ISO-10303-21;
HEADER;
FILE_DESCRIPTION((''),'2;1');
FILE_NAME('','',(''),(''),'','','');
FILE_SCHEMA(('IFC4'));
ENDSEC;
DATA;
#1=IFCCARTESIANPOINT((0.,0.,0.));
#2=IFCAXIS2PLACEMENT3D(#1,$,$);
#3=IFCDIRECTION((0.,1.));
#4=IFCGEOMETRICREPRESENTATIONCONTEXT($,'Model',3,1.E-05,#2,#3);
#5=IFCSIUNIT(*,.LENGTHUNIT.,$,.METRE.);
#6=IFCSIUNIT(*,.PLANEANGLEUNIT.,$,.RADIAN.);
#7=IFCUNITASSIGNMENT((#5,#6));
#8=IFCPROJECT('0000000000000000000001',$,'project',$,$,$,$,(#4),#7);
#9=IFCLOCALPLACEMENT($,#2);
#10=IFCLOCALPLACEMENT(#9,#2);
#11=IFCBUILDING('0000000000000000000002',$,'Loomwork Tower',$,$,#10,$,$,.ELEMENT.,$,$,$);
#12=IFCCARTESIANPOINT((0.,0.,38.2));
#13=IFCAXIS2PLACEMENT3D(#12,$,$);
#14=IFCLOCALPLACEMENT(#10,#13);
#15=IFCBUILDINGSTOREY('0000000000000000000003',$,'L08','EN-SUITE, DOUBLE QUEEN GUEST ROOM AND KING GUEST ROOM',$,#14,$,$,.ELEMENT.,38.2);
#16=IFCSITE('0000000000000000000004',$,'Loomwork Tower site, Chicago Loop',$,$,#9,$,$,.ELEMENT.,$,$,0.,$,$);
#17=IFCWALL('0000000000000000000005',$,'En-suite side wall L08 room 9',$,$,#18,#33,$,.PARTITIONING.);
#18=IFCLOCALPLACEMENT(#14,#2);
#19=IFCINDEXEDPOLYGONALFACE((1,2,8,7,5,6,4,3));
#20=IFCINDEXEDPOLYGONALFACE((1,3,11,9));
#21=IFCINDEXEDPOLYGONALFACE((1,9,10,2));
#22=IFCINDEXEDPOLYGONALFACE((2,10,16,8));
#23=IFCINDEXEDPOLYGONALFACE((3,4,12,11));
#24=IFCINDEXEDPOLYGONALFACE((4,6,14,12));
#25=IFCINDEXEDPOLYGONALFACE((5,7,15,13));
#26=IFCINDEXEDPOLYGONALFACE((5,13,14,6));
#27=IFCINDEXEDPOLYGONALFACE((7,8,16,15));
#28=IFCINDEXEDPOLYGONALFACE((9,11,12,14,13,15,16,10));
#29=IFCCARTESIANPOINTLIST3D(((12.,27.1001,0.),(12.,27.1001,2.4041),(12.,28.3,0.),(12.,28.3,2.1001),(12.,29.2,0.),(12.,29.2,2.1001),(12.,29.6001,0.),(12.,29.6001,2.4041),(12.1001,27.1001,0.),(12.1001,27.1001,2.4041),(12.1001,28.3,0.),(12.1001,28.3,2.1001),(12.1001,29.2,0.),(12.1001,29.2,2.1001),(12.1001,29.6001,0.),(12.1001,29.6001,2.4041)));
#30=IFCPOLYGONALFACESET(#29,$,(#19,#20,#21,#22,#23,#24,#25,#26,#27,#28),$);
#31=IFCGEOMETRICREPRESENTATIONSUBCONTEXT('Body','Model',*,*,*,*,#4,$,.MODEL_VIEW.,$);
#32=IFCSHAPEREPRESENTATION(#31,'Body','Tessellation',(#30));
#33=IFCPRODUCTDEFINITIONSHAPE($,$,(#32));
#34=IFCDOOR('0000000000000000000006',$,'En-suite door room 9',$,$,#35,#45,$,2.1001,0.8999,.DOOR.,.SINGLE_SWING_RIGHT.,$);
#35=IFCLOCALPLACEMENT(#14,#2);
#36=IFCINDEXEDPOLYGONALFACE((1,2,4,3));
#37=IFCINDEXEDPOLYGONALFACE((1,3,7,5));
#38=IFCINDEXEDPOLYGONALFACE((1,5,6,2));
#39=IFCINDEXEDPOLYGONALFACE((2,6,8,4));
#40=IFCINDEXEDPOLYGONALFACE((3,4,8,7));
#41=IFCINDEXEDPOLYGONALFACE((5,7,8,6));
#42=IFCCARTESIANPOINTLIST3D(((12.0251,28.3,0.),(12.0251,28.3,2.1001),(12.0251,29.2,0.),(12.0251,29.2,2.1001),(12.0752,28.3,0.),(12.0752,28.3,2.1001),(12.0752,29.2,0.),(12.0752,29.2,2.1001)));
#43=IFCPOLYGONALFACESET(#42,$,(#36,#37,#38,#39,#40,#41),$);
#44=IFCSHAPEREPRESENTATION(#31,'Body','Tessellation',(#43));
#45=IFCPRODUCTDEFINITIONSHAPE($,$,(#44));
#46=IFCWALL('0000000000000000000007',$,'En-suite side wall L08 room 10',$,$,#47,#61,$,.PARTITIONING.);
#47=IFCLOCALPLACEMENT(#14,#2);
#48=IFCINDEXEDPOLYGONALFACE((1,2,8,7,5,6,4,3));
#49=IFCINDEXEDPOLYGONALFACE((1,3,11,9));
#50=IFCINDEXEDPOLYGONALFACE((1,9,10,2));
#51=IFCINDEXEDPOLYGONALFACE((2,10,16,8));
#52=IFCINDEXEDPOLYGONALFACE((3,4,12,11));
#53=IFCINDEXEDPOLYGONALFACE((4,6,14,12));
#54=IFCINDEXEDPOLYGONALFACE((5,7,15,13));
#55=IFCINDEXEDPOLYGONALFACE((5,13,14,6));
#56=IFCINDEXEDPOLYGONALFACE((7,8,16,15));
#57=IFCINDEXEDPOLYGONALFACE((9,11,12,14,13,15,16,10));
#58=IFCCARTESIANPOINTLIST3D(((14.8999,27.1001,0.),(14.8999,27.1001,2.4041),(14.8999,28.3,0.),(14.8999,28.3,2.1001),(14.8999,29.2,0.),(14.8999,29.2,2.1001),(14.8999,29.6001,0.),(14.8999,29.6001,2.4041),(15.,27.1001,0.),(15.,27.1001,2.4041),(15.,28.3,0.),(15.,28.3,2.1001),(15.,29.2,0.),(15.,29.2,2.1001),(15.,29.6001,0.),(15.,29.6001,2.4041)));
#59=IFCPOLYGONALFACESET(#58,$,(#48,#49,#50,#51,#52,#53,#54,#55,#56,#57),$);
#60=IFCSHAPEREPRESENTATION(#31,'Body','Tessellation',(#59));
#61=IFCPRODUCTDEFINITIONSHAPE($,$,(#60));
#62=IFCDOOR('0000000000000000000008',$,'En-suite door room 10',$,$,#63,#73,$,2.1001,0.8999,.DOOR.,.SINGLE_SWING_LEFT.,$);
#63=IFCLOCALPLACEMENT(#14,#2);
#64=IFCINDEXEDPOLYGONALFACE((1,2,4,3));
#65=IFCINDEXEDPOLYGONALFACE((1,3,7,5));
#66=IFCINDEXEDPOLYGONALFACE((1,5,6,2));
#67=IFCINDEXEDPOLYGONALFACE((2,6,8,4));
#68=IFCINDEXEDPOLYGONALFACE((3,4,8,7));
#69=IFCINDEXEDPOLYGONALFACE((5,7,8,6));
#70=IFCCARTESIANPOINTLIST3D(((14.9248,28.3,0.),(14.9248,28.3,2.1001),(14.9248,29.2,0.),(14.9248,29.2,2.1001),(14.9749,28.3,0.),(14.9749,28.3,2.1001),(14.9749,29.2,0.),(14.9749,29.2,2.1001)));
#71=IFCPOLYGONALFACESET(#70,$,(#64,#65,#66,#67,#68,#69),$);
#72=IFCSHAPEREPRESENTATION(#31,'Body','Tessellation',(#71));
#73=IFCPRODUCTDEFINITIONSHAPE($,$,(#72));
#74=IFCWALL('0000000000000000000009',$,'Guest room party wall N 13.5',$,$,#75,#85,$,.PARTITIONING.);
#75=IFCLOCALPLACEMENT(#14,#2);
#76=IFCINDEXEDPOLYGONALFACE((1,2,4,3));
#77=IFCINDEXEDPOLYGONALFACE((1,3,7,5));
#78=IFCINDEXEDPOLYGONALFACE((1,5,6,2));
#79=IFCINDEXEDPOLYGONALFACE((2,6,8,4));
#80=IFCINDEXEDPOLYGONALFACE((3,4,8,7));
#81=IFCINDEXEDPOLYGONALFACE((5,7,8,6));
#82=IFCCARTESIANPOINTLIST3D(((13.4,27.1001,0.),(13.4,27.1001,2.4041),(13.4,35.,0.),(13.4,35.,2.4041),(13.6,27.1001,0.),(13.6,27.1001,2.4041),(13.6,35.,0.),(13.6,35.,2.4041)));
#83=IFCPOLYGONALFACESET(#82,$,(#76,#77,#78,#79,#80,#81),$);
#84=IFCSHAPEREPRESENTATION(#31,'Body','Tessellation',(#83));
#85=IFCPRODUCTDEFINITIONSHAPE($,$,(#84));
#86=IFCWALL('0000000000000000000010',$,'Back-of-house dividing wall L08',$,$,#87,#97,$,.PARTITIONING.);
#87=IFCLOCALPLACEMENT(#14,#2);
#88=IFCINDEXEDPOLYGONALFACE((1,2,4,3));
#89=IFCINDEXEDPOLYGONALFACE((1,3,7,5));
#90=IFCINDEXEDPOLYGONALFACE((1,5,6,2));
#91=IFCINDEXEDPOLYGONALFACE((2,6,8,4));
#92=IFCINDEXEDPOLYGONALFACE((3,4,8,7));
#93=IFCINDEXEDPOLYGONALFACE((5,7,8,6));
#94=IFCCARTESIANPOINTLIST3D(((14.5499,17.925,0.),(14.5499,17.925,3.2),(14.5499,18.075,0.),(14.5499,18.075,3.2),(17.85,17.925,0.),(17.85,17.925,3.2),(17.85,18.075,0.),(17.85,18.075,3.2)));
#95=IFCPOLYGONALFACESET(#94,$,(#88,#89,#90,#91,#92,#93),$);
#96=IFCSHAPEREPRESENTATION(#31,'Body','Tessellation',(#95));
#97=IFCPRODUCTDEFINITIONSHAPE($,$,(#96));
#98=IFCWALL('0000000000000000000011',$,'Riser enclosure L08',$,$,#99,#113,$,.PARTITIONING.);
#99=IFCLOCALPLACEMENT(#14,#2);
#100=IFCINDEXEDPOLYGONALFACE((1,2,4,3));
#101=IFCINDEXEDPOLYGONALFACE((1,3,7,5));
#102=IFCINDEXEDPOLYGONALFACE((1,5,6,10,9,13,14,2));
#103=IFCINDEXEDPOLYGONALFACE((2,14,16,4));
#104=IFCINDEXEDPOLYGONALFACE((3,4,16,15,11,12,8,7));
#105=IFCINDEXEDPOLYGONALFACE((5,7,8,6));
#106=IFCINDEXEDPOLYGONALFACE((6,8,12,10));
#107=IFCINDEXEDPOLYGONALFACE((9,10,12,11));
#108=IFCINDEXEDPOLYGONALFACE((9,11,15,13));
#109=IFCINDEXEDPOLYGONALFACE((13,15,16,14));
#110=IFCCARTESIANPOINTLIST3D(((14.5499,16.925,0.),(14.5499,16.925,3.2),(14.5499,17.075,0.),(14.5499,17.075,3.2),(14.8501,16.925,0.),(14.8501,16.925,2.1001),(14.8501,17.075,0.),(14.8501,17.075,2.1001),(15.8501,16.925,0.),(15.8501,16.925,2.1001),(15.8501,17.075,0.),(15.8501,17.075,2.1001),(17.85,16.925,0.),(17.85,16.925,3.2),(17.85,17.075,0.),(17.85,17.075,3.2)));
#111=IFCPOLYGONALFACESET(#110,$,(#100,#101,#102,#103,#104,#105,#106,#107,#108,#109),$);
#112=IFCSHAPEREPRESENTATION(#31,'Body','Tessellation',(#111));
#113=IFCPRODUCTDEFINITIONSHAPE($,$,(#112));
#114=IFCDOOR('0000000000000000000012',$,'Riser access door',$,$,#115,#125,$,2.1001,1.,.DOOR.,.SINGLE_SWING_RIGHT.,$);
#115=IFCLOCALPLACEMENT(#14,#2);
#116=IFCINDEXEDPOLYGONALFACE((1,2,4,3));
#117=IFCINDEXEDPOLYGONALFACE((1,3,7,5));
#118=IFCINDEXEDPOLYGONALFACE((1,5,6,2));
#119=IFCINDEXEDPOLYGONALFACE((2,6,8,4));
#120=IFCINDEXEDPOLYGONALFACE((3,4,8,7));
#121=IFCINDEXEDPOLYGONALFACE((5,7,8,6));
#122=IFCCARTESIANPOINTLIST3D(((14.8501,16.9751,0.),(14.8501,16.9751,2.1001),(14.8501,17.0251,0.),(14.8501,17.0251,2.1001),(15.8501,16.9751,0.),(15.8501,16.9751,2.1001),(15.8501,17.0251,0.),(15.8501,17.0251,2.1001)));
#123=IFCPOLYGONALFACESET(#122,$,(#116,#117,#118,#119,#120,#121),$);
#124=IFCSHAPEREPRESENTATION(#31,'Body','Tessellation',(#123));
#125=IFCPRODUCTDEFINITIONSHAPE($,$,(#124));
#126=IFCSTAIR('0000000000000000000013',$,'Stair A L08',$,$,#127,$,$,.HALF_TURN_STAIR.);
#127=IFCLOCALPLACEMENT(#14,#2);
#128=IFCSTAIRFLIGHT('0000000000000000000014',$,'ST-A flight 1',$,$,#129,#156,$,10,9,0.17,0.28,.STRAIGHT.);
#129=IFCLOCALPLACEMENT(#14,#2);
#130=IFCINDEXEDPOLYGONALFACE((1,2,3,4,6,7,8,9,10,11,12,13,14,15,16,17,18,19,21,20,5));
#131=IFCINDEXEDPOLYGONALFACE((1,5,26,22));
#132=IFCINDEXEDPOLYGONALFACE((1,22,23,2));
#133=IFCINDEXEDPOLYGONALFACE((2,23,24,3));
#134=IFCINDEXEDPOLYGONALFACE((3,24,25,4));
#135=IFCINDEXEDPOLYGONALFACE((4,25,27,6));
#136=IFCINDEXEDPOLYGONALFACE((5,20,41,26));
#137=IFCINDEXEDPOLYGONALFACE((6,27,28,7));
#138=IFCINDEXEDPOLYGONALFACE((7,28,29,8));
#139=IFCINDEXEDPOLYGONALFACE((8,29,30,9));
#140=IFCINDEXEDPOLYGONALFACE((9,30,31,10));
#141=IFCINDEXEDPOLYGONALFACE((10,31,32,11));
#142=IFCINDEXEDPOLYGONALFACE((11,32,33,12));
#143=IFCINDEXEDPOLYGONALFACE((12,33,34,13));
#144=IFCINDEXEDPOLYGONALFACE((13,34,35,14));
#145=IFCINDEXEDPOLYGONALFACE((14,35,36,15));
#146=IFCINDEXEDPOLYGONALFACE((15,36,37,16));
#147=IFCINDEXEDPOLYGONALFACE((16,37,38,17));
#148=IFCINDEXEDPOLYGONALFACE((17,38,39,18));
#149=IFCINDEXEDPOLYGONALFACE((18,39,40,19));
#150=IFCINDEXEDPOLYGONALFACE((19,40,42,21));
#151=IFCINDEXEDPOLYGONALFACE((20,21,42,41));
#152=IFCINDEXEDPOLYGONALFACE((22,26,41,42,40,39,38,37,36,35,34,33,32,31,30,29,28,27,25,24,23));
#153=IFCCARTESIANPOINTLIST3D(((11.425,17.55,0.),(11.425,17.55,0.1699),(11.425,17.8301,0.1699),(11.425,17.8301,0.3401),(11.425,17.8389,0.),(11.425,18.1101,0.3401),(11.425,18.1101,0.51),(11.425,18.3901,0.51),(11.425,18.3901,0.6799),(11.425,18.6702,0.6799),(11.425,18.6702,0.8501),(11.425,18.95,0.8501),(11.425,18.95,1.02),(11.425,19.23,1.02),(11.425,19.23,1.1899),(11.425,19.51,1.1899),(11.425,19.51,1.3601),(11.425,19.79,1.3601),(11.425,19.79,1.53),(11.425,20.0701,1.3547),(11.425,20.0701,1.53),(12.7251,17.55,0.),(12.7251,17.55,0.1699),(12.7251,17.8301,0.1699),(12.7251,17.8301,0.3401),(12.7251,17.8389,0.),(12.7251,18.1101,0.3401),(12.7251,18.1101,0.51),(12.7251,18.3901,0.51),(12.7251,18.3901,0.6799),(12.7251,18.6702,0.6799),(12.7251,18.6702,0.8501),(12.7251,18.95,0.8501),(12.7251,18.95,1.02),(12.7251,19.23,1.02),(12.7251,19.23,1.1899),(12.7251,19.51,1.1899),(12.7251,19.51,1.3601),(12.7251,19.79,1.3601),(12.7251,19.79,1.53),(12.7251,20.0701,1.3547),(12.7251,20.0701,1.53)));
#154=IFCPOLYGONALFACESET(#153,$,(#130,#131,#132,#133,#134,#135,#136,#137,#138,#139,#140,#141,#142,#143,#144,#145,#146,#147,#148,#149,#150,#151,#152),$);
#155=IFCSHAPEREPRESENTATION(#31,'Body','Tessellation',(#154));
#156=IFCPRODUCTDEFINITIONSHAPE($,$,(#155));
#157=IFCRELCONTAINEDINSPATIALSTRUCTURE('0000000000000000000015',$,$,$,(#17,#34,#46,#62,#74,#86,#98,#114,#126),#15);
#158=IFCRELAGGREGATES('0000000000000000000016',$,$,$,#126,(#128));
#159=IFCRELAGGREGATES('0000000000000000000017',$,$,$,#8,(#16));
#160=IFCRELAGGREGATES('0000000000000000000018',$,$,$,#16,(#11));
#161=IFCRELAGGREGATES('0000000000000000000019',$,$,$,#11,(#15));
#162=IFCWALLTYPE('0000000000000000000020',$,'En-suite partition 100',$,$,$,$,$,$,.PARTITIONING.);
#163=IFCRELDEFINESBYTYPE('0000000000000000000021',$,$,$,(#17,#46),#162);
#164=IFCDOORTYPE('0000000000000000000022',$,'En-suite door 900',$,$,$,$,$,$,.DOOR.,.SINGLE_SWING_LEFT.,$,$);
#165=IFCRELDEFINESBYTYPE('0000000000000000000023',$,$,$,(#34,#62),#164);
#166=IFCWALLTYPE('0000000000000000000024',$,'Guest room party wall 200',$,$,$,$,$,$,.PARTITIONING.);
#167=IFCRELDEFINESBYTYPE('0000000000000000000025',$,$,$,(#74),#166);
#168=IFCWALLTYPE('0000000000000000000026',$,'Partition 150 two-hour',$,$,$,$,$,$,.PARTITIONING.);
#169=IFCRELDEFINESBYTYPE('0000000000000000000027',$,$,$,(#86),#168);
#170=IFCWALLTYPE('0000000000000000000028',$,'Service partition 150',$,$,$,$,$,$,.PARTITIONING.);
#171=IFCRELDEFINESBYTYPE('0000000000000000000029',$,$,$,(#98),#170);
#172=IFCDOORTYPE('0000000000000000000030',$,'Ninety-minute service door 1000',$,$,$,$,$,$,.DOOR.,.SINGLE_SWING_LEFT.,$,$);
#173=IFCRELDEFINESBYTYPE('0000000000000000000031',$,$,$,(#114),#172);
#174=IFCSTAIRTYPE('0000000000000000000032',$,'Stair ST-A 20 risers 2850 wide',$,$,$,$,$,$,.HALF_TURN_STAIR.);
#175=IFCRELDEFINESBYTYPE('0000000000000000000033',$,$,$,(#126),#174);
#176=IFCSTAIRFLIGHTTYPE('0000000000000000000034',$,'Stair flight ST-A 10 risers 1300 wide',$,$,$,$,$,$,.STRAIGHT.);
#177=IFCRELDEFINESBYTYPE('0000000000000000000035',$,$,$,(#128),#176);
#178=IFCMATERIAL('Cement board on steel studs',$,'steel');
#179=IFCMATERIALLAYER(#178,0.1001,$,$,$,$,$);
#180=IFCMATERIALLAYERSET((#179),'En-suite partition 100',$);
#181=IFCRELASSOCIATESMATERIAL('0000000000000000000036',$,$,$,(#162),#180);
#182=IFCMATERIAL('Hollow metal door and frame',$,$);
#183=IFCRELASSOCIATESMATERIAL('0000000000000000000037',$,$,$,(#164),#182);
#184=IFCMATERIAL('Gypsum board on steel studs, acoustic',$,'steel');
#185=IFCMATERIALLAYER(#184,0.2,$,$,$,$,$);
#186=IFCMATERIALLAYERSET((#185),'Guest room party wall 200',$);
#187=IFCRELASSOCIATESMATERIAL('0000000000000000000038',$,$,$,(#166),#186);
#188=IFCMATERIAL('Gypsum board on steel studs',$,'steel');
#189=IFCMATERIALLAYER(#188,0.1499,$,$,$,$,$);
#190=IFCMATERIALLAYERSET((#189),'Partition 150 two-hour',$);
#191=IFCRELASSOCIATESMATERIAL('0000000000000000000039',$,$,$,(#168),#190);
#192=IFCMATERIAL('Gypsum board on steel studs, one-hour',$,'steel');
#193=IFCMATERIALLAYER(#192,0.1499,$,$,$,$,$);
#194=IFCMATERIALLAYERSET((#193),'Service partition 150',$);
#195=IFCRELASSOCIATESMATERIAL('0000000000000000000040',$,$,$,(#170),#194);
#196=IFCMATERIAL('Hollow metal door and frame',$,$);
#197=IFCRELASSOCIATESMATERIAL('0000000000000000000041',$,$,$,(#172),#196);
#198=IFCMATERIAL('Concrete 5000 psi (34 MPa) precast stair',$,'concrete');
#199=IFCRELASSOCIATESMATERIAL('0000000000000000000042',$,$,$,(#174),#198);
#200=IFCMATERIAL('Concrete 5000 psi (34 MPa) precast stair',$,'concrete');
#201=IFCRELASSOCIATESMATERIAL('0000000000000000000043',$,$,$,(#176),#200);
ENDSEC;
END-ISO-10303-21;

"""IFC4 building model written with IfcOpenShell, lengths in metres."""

from ifc_helpers import new_model, si_unit, direction, frame, frame_2d, origin, place, context, subcontext, project, spatial, polyline, rectangle, outline, extrude, material, layer, layer_set, type_object, element, fill, aggregate, save


model = new_model("IFC4")

# Units and contexts
model_context = context("Model", 3, precision=1e-05, world=origin(), true_north=direction((0.0, 1.0)))
body_context = subcontext(model_context, "Body", "Model", "MODEL_VIEW")
ifc_project = project(units=[si_unit("LENGTHUNIT", "METRE"), si_unit("PLANEANGLEUNIT", "RADIAN")], contexts=[model_context])

# Site, building, storey
site_placement = place(None, origin())
site = spatial("IfcSite", under=ifc_project, at=site_placement, Name="Loomwork Tower site, Chicago Loop", CompositionType="ELEMENT", RefElevation=0.0)
building_placement = place(site_placement, origin())
building = spatial("IfcBuilding", under=site, at=building_placement, Name="Loomwork Tower", CompositionType="ELEMENT")
storey_placement = place(building_placement, frame((0.0, 0.0, 38.2)))
storey = spatial("IfcBuildingStorey", under=building, at=storey_placement, Name="L08", Description="EN-SUITE, DOUBLE QUEEN GUEST ROOM AND KING GUEST ROOM", CompositionType="ELEMENT", Elevation=38.2)

# Shared definitions
ifc_material_1 = material(Name="Cement board on steel studs", Category="steel")
ifc_layer_1 = layer(ifc_material_1, 0.1001)
ifc_layer_set_1 = layer_set([ifc_layer_1], Name="En-suite partition 100")
wall_type_1 = type_object("IfcWallType", Name="En-suite partition 100", PredefinedType="PARTITIONING", material=ifc_layer_set_1)

# Walls, openings, doors
wall_1_placement = place(storey_placement, frame((12.05, 27.1001, 0.0), z_axis=(0.0, 0.0, 1.0), x_axis=(0.0, 1.0, 0.0)))
wall_1 = element("IfcWall", 1, at=wall_1_placement, inside=storey, type_object=wall_type_1, Name="En-suite side wall L08 room 9", PredefinedType="PARTITIONING", context=body_context, shape_type="SweptSolid", body=[
    extrude(rectangle(XDim=2.5, YDim=0.1001, at=frame_2d((1.25, 0.0))), origin(), (0.0, 0.0, 1.0), 2.4041),
])
opening_1_placement = place(wall_1_placement, frame((1.2, 0.0, 0.0)))
opening_1 = element("IfcOpeningElement", 2, at=opening_1_placement, cuts=wall_1, PredefinedType="OPENING", context=body_context, shape_type="SweptSolid", body=[
    extrude(rectangle(XDim=0.8999, YDim=2.1001, at=frame_2d((0.45, 1.05))), frame((0.0, 0.0601, 0.0), z_axis=(0.0, -1.0, 0.0), x_axis=(1.0, 0.0, 0.0)), (0.0, 0.0, 1.0), 0.1201),
])
ifc_material_2 = material(Name="Hollow metal door and frame")
door_type_1 = type_object("IfcDoorType", Name="En-suite door 900", OperationType="SINGLE_SWING_LEFT", PredefinedType="DOOR", material=ifc_material_2)
door_1_placement = place(opening_1_placement, origin())
door_1 = element("IfcDoor", 3, at=door_1_placement, inside=storey, type_object=door_type_1, Name="En-suite door room 9", OperationType="SINGLE_SWING_RIGHT", OverallHeight=2.1001, OverallWidth=0.8999, PredefinedType="DOOR", context=body_context, shape_type="SweptSolid", body=[
    extrude(rectangle(XDim=0.8999, YDim=2.1001, at=frame_2d((0.45, 1.05))), frame((0.0, 0.0249, 0.0), z_axis=(0.0, -1.0, 0.0), x_axis=(1.0, 0.0, 0.0)), (0.0, 0.0, 1.0), 0.05),
])
fill(opening_1, door_1)
wall_2_placement = place(storey_placement, frame((14.95, 27.1001, 0.0), z_axis=(0.0, 0.0, 1.0), x_axis=(0.0, 1.0, 0.0)))
wall_2 = element("IfcWall", 4, at=wall_2_placement, inside=storey, type_object=wall_type_1, Name="En-suite side wall L08 room 10", PredefinedType="PARTITIONING", context=body_context, shape_type="SweptSolid", body=[
    extrude(rectangle(XDim=2.5, YDim=0.1001, at=frame_2d((1.25, 0.0))), origin(), (0.0, 0.0, 1.0), 2.4041),
])
opening_2_placement = place(wall_2_placement, frame((1.2, 0.0, 0.0)))
opening_2 = element("IfcOpeningElement", 5, at=opening_2_placement, cuts=wall_2, PredefinedType="OPENING", context=body_context, shape_type="SweptSolid", body=[
    extrude(rectangle(XDim=0.8999, YDim=2.1001, at=frame_2d((0.45, 1.05))), frame((0.0, 0.0601, 0.0), z_axis=(0.0, -1.0, 0.0), x_axis=(1.0, 0.0, 0.0)), (0.0, 0.0, 1.0), 0.1201),
])
door_2_placement = place(opening_2_placement, frame((0.8999, 0.0, 0.0), z_axis=(0.0, 0.0, 1.0), x_axis=(-1.0, 0.0, 0.0)))
door_2 = element("IfcDoor", 6, at=door_2_placement, inside=storey, type_object=door_type_1, Name="En-suite door room 10", OperationType="SINGLE_SWING_LEFT", OverallHeight=2.1001, OverallWidth=0.8999, PredefinedType="DOOR", context=body_context, shape_type="SweptSolid", body=[
    extrude(rectangle(XDim=0.8999, YDim=2.1001, at=frame_2d((0.45, 1.05))), frame((0.0, 0.0249, 0.0), z_axis=(0.0, -1.0, 0.0), x_axis=(1.0, 0.0, 0.0)), (0.0, 0.0, 1.0), 0.05),
])
fill(opening_2, door_2)

# Walls
ifc_material_3 = material(Name="Gypsum board on steel studs, acoustic", Category="steel")
ifc_layer_2 = layer(ifc_material_3, 0.2)
ifc_layer_set_2 = layer_set([ifc_layer_2], Name="Guest room party wall 200")
wall_type_2 = type_object("IfcWallType", Name="Guest room party wall 200", PredefinedType="PARTITIONING", material=ifc_layer_set_2)
wall_3_placement = place(storey_placement, frame((13.5, 27.1001, 0.0), z_axis=(0.0, 0.0, 1.0), x_axis=(0.0, 1.0, 0.0)))
element("IfcWall", 7, at=wall_3_placement, inside=storey, type_object=wall_type_2, Name="Guest room party wall N 13.5", PredefinedType="PARTITIONING", context=body_context, shape_type="SweptSolid", body=[
    extrude(rectangle(XDim=7.8999, YDim=0.2, at=frame_2d((3.95, 0.0))), origin(), (0.0, 0.0, 1.0), 2.4041),
])
ifc_material_4 = material(Name="Gypsum board on steel studs", Category="steel")
ifc_layer_3 = layer(ifc_material_4, 0.1499)
ifc_layer_set_3 = layer_set([ifc_layer_3], Name="Partition 150 two-hour")
wall_type_3 = type_object("IfcWallType", Name="Partition 150 two-hour", PredefinedType="PARTITIONING", material=ifc_layer_set_3)
wall_4_placement = place(storey_placement, frame((14.55, 18.0, 0.0), z_axis=(0.0, 0.0, 1.0), x_axis=(1.0, 0.0, 0.0)))
element("IfcWall", 8, at=wall_4_placement, inside=storey, type_object=wall_type_3, Name="Back-of-house dividing wall L08", PredefinedType="PARTITIONING", context=body_context, shape_type="SweptSolid", body=[
    extrude(rectangle(XDim=3.3, YDim=0.1499, at=frame_2d((1.6499, 0.0))), origin(), (0.0, 0.0, 1.0), 3.2),
])

# Wall, opening, door
ifc_material_5 = material(Name="Gypsum board on steel studs, one-hour", Category="steel")
ifc_layer_4 = layer(ifc_material_5, 0.1499)
ifc_layer_set_4 = layer_set([ifc_layer_4], Name="Service partition 150")
wall_type_4 = type_object("IfcWallType", Name="Service partition 150", PredefinedType="PARTITIONING", material=ifc_layer_set_4)
wall_5_placement = place(storey_placement, frame((14.55, 17.0, 0.0), z_axis=(0.0, 0.0, 1.0), x_axis=(1.0, 0.0, 0.0)))
wall_5 = element("IfcWall", 9, at=wall_5_placement, inside=storey, type_object=wall_type_4, Name="Riser enclosure L08", PredefinedType="PARTITIONING", context=body_context, shape_type="SweptSolid", body=[
    extrude(rectangle(XDim=3.3, YDim=0.1499, at=frame_2d((1.6499, 0.0))), origin(), (0.0, 0.0, 1.0), 3.2),
])
opening_3_placement = place(wall_5_placement, frame((0.3, 0.0, 0.0)))
opening_3 = element("IfcOpeningElement", 10, at=opening_3_placement, cuts=wall_5, PredefinedType="OPENING", context=body_context, shape_type="SweptSolid", body=[
    extrude(rectangle(XDim=1.0, YDim=2.1001, at=frame_2d((0.5, 1.05))), frame((0.0, 0.085, 0.0), z_axis=(0.0, -1.0, 0.0), x_axis=(1.0, 0.0, 0.0)), (0.0, 0.0, 1.0), 0.1699),
])
ifc_material_6 = material(Name="Hollow metal door and frame")
door_type_2 = type_object("IfcDoorType", Name="Ninety-minute service door 1000", OperationType="SINGLE_SWING_LEFT", PredefinedType="DOOR", material=ifc_material_6)
door_3_placement = place(opening_3_placement, frame((1.0, 0.0, 0.0), z_axis=(0.0, 0.0, 1.0), x_axis=(-1.0, 0.0, 0.0)))
door_3 = element("IfcDoor", 11, at=door_3_placement, inside=storey, type_object=door_type_2, Name="Riser access door", OperationType="SINGLE_SWING_RIGHT", OverallHeight=2.1001, OverallWidth=1.0, PredefinedType="DOOR", context=body_context, shape_type="SweptSolid", body=[
    extrude(rectangle(XDim=1.0, YDim=2.1001, at=frame_2d((0.5, 1.05))), frame((0.0, 0.0249, 0.0), z_axis=(0.0, -1.0, 0.0), x_axis=(1.0, 0.0, 0.0)), (0.0, 0.0, 1.0), 0.05),
])
fill(opening_3, door_3)

# Stair, stair flight
ifc_material_7 = material(Name="Concrete 5000 psi (34 MPa) precast stair", Category="concrete")
stair_type = type_object("IfcStairType", Name="Stair ST-A 20 risers 2850 wide", PredefinedType="HALF_TURN_STAIR", material=ifc_material_7)
stair_placement = place(storey_placement, origin())
stair = element("IfcStair", 12, at=stair_placement, inside=storey, type_object=stair_type, Name="Stair A L08", PredefinedType="HALF_TURN_STAIR")
ifc_material_8 = material(Name="Concrete 5000 psi (34 MPa) precast stair", Category="concrete")
stair_flight_type = type_object("IfcStairFlightType", Name="Stair flight ST-A 10 risers 1300 wide", PredefinedType="STRAIGHT", material=ifc_material_8)
stair_flight_1_placement = place(storey_placement, frame((12.075, 17.55, 0.0), z_axis=(0.0, 0.0, 1.0), x_axis=(0.0, 1.0, 0.0)))
stair_flight_1 = element("IfcStairFlight", 13, at=stair_flight_1_placement, type_object=stair_flight_type, Name="ST-A flight 1", NumberOfRisers=10, NumberOfTreads=9, PredefinedType="STRAIGHT", RiserHeight=0.17, TreadLength=0.28, context=body_context, shape_type="SweptSolid", body=[
    extrude(outline(polyline([(0.0, 0.0), (0.0, 0.1699), (0.28, 0.1699), (0.28, 0.3401), (0.5601, 0.3401), (0.5601, 0.51), (0.8401, 0.51), (0.8401, 0.6799), (1.1201, 0.6799), (1.1201, 0.8501), (1.3999, 0.8501), (1.3999, 1.02), (1.6799, 1.02), (1.6799, 1.1899), (1.96, 1.1899), (1.96, 1.3601), (2.24, 1.3601), (2.24, 1.53), (2.52, 1.53), (2.52, 1.7), (2.52, 1.3547), (0.2888, 0.0), (0.0, 0.0)])), frame((0.0, 0.6499, 0.0), z_axis=(0.0, -1.0, 0.0), x_axis=(1.0, 0.0, 0.0)), (0.0, 0.0, 1.0), 1.3),
])
aggregate(stair, [stair_flight_1])

save(model, "model.ifc")
